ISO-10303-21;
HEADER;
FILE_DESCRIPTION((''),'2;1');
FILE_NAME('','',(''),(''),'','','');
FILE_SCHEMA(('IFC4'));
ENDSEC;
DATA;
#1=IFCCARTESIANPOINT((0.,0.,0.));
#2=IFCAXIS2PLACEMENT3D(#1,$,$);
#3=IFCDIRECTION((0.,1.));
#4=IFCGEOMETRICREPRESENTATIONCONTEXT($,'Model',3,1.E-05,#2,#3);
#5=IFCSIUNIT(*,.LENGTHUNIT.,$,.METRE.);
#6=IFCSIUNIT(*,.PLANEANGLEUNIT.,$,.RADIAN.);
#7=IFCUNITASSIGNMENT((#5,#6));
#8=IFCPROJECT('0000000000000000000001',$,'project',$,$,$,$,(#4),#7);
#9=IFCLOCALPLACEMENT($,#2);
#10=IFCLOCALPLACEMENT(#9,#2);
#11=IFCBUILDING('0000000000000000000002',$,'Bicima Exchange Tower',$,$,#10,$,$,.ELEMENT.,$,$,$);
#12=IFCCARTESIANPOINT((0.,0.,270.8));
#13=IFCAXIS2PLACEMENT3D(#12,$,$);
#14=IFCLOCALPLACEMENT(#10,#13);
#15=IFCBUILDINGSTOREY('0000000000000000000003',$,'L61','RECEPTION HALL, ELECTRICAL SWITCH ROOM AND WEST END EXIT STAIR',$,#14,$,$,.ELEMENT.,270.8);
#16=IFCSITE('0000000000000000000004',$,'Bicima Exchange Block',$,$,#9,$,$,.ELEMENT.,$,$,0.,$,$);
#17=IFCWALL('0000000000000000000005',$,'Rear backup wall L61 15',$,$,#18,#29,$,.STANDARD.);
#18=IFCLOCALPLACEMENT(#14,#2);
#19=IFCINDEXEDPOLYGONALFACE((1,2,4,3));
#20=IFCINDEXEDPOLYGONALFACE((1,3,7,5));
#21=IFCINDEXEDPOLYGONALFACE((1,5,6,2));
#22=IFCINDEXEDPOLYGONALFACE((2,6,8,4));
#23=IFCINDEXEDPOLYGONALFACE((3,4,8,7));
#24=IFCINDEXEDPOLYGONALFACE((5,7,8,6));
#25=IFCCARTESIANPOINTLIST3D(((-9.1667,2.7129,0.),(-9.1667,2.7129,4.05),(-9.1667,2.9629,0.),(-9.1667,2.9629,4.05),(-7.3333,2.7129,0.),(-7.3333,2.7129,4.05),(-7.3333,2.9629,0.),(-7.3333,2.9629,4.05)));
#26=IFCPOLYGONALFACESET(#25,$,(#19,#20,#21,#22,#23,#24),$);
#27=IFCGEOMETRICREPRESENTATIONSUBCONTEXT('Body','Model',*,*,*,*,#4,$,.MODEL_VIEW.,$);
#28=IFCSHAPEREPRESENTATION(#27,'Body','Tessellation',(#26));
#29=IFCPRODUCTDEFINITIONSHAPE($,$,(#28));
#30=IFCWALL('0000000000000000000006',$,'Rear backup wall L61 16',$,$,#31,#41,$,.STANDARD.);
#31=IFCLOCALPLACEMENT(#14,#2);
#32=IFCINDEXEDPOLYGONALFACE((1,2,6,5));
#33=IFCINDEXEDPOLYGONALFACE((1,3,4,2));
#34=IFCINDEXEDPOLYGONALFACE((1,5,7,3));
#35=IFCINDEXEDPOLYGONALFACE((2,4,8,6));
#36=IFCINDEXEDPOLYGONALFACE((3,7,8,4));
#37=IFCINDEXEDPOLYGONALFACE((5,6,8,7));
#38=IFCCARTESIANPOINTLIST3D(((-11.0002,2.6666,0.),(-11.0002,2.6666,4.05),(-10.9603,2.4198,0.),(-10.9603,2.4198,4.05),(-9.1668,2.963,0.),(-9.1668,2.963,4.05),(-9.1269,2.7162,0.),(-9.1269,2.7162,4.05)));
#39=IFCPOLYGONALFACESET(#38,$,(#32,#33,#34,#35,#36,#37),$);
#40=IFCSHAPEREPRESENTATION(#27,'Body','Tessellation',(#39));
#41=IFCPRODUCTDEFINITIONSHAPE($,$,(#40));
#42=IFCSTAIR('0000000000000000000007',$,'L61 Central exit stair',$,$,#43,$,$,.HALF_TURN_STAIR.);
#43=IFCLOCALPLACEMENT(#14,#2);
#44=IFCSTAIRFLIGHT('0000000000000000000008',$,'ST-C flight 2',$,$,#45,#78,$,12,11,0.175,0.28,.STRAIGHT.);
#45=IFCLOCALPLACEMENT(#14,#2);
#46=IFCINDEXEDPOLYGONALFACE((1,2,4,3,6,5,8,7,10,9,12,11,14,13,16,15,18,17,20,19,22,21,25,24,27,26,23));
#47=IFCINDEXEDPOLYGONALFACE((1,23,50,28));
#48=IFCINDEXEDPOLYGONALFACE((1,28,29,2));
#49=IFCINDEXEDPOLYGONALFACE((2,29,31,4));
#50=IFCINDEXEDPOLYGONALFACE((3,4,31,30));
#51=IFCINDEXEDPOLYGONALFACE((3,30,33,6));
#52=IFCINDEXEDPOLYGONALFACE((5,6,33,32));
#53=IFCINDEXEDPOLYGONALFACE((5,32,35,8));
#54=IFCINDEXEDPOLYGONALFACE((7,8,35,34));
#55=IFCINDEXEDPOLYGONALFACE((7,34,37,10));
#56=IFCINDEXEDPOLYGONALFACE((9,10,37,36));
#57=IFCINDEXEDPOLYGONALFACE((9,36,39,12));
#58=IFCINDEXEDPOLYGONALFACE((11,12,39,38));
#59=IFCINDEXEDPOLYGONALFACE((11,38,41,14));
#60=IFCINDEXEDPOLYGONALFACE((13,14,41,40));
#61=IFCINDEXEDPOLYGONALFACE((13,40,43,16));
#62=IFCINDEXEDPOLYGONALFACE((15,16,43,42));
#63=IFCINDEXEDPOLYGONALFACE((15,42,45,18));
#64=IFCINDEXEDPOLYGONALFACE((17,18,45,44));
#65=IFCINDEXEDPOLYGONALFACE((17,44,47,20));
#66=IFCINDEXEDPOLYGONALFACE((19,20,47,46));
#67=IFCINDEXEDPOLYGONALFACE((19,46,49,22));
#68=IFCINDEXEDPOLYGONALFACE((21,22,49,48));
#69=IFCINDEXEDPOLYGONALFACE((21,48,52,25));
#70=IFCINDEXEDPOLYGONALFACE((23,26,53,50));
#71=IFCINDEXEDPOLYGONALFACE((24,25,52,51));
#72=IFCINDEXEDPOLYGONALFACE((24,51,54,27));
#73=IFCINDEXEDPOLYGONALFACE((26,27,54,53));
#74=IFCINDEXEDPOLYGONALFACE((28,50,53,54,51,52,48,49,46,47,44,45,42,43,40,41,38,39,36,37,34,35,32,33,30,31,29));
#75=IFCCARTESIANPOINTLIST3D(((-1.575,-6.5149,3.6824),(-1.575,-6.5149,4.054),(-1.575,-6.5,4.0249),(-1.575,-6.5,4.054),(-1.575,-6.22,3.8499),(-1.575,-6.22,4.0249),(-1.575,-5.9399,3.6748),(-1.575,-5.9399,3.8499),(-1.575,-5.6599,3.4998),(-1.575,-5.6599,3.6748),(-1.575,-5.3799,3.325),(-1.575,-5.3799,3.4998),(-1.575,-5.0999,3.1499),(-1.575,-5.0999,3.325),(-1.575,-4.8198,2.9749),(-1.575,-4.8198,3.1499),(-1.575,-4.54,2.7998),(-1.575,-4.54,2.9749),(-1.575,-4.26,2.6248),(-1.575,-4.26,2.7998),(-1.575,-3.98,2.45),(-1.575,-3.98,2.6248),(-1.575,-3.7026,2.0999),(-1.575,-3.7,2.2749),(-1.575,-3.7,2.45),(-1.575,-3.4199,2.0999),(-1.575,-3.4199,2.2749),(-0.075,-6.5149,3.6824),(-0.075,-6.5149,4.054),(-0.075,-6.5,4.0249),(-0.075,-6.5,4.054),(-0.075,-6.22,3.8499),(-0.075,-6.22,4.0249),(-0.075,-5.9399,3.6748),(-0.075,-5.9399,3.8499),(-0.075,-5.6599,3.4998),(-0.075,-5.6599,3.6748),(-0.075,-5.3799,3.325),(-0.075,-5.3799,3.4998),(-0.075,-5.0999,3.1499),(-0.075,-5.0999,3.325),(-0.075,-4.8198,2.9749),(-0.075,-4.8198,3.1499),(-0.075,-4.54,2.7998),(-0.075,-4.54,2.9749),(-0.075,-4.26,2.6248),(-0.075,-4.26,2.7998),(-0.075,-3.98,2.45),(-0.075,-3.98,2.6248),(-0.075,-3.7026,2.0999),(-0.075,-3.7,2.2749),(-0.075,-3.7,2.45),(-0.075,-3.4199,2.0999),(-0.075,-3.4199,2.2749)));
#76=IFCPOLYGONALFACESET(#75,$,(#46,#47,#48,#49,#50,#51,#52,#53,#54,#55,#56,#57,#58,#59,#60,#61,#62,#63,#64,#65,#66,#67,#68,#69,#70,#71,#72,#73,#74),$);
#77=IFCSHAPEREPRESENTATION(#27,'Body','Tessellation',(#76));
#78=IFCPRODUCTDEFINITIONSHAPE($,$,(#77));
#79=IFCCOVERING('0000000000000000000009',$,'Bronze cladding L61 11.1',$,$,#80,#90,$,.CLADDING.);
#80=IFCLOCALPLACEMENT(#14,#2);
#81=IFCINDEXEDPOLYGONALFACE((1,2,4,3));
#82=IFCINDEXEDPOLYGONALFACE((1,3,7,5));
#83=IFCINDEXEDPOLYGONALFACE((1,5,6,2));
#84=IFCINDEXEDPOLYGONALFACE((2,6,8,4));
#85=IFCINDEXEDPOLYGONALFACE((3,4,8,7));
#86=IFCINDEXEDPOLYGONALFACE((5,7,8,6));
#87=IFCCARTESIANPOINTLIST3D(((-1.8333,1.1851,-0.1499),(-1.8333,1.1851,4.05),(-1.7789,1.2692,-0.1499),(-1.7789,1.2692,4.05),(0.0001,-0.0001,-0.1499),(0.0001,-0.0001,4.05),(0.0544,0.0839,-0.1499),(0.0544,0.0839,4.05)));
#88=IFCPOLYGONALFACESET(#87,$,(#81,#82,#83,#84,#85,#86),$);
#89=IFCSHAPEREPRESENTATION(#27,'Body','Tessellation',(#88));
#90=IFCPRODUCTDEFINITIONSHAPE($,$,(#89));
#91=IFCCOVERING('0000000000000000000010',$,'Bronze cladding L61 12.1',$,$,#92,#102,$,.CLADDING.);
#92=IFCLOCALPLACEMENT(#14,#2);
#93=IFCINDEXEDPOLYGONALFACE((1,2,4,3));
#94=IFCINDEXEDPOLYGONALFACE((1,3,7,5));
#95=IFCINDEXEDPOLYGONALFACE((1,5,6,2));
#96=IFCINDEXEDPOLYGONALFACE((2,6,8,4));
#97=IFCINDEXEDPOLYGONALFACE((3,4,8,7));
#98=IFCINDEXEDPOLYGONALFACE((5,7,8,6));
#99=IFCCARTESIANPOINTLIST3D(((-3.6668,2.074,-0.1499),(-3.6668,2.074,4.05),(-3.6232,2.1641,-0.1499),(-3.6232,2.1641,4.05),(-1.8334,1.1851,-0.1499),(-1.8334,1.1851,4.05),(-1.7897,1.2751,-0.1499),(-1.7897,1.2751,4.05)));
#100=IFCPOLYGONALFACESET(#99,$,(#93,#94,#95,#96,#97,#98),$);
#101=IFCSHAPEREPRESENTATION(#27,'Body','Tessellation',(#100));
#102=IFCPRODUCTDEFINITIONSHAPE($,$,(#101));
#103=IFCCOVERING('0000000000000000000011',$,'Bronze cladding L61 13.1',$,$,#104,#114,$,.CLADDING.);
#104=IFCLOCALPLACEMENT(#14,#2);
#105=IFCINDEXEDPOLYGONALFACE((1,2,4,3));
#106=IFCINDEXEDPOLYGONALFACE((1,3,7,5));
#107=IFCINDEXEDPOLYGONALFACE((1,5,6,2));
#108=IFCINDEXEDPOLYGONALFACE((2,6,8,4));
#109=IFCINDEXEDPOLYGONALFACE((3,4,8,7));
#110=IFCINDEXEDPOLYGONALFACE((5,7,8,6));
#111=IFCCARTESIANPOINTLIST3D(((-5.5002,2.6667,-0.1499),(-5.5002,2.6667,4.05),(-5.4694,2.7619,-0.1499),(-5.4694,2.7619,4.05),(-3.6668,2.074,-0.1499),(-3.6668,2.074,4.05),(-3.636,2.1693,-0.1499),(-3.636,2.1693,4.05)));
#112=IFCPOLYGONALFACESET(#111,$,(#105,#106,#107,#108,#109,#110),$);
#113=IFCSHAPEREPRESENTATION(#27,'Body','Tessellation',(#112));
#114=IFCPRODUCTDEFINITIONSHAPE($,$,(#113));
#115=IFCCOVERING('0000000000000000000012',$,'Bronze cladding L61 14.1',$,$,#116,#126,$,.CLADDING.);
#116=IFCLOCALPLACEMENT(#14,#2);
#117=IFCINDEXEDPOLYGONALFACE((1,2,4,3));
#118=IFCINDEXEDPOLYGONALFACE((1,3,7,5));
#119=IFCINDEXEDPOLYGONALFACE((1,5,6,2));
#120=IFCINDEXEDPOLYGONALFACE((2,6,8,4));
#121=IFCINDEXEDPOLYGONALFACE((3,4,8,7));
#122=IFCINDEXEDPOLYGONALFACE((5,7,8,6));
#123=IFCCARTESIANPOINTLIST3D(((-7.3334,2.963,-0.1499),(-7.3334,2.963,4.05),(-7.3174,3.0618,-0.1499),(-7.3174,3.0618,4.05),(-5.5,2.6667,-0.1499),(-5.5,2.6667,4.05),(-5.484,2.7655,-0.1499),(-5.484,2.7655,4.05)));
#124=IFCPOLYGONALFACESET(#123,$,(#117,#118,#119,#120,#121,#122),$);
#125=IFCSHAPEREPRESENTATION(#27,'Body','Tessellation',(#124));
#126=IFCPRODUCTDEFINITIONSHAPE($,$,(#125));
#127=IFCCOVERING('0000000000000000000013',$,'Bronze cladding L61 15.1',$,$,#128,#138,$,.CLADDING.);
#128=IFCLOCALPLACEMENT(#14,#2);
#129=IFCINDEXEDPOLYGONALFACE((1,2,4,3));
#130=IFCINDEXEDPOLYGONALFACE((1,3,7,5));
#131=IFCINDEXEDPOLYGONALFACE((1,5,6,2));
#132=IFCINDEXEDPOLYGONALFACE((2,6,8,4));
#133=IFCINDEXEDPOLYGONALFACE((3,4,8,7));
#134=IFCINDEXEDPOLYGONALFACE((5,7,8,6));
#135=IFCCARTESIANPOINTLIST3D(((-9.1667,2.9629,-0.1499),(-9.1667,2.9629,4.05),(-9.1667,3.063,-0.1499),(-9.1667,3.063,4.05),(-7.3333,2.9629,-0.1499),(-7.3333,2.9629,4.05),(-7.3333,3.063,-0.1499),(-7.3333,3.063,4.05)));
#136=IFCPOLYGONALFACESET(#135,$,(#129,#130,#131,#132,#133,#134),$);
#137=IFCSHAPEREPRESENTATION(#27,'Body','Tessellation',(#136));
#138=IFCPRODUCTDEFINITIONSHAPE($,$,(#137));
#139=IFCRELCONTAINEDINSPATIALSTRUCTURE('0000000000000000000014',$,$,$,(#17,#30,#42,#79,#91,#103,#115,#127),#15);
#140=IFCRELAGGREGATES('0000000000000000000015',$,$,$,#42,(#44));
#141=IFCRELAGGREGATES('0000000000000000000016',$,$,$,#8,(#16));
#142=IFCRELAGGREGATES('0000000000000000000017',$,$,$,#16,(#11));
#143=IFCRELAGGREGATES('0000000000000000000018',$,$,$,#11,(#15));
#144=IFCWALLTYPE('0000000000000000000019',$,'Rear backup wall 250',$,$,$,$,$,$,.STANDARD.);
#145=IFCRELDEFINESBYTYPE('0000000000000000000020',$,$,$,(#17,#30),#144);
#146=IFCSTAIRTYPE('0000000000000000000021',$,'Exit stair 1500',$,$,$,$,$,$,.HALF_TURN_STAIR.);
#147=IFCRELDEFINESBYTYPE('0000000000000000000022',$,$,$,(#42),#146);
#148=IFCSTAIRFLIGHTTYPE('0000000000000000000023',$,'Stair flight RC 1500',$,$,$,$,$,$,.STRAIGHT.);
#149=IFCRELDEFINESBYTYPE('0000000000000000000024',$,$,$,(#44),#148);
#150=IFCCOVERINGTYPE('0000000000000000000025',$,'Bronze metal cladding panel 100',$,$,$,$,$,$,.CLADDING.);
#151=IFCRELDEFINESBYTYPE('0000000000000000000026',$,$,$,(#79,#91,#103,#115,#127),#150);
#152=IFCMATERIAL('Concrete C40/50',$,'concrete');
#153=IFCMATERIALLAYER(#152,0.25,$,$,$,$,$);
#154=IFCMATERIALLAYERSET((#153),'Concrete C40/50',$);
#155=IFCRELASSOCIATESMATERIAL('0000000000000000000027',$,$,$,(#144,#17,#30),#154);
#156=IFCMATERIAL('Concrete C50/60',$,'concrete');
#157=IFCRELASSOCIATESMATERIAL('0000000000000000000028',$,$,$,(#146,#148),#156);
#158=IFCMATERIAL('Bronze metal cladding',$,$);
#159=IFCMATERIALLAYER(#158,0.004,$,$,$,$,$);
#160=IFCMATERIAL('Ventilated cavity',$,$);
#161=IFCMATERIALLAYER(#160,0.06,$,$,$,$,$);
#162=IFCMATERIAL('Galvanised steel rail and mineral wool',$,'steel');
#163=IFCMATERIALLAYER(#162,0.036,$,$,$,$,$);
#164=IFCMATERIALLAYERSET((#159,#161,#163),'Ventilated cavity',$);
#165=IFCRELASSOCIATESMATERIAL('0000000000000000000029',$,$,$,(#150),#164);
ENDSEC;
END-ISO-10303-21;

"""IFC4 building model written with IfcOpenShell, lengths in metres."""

from ifc_helpers import new_model, si_unit, direction, frame, frame_2d, origin, origin_2d, place, context, subcontext, project, spatial, polyline, rectangle, outline, extrude, material, layer, layer_set, layer_usage, type_object, element, aggregate, save


model = new_model("IFC4")

# Units and contexts
model_context = context("Model", 3, precision=1e-05, world=origin(), true_north=direction((0.0, 1.0)))
body_context = subcontext(model_context, "Body", "Model", "MODEL_VIEW")
ifc_project = project(units=[si_unit("LENGTHUNIT", "METRE"), si_unit("PLANEANGLEUNIT", "RADIAN")], contexts=[model_context])

# Site, building, storey
site_placement = place(None, origin())
site = spatial("IfcSite", under=ifc_project, at=site_placement, Name="Bicima Exchange Block", CompositionType="ELEMENT", RefElevation=0.0)
building_placement = place(site_placement, origin())
building = spatial("IfcBuilding", under=site, at=building_placement, Name="Bicima Exchange Tower", CompositionType="ELEMENT")
storey_placement = place(building_placement, frame((0.0, 0.0, 270.8)))
storey = spatial("IfcBuildingStorey", under=building, at=storey_placement, Name="L61", Description="RECEPTION HALL, ELECTRICAL SWITCH ROOM AND WEST END EXIT STAIR", CompositionType="ELEMENT", Elevation=270.8)

# Shared definitions
ifc_material_1 = material(Name="Concrete C40/50", Category="concrete")

# Shared definitions
ifc_material_2 = material(Name="Concrete C50/60", Category="concrete")

# Walls
ifc_layer_1 = layer(ifc_material_1, 0.25)
ifc_layer_set_1 = layer_set([ifc_layer_1], Name="Concrete C40/50")
ifc_layer_usage = layer_usage(ifc_layer_set_1, "AXIS2", "POSITIVE", -0.125)
wall_type_1 = type_object("IfcWallType", Name="Rear backup wall 250", PredefinedType="STANDARD", material=ifc_layer_set_1)
wall_1_placement = place(storey_placement, frame((-7.3333, 2.8379, 0.0), z_axis=(0.0, 0.0, 1.0), x_axis=(-1.0, 0.0, 0.0)))
element("IfcWall", 1, at=wall_1_placement, inside=storey, type_object=wall_type_1, material=ifc_layer_usage, Name="Rear backup wall L61 15", PredefinedType="STANDARD", context=body_context, shape_type="SweptSolid", body=[
    extrude(rectangle(XDim=1.8335, YDim=0.25, at=frame_2d((0.9167, 0.0))), origin(), (0.0, 0.0, 1.0), 4.05),
])
wall_2_placement = place(storey_placement, frame((-9.1467, 2.8396, 0.0), z_axis=(0.0, 0.0, 1.0), x_axis=(-0.987182, -0.1596, 0.0)))
element("IfcWall", 2, at=wall_2_placement, inside=storey, type_object=wall_type_1, material=ifc_layer_usage, Name="Rear backup wall L61 16", PredefinedType="STANDARD", context=body_context, shape_type="SweptSolid", body=[
    extrude(rectangle(XDim=1.8572, YDim=0.25, at=frame_2d((0.9287, 0.0))), origin(), (0.0, 0.0, 1.0), 4.05),
])

# Stair, stair flight
stair_type_1 = type_object("IfcStairType", Name="Exit stair 1500", PredefinedType="HALF_TURN_STAIR", material=ifc_material_2)
stair_1_placement = place(storey_placement, origin())
stair_1 = element("IfcStair", 3, at=stair_1_placement, inside=storey, type_object=stair_type_1, Name="L61 Central exit stair", PredefinedType="HALF_TURN_STAIR")
stair_flight_type = type_object("IfcStairFlightType", Name="Stair flight RC 1500", PredefinedType="STRAIGHT", material=ifc_material_2)
stair_flight_placement = place(storey_placement, frame((-0.825, -3.4199, 2.0999), z_axis=(0.0, 0.0, 1.0), x_axis=(0.0, -1.0, 0.0)))
stair_flight = element("IfcStairFlight", 4, at=stair_flight_placement, type_object=stair_flight_type, Name="ST-C flight 2", NumberOfRisers=12, NumberOfTreads=11, PredefinedType="STRAIGHT", RiserHeight=0.175, TreadLength=0.28, context=body_context, shape_type="SweptSolid", body=[
    extrude(outline(polyline([(0.0, 0.0), (0.0, 0.175), (0.28, 0.175), (0.28, 0.3501), (0.5601, 0.3501), (0.5601, 0.5249), (0.8401, 0.5249), (0.8401, 0.7), (1.1201, 0.7), (1.1201, 0.875), (1.3999, 0.875), (1.3999, 1.05), (1.6799, 1.05), (1.6799, 1.2251), (1.96, 1.2251), (1.96, 1.3999), (2.24, 1.3999), (2.24, 1.575), (2.52, 1.575), (2.52, 1.75), (2.8, 1.75), (2.8, 1.925), (3.0801, 1.925), (3.0801, 1.9541), (3.095, 1.9541), (3.095, 1.5825), (0.2827, 0.0), (0.0, 0.0)])), frame((0.0, 0.75, 0.0), z_axis=(0.0, -1.0, 0.0), x_axis=(1.0, 0.0, 0.0)), (0.0, 0.0, 1.0), 1.5),
])
aggregate(stair_1, [stair_flight])

# Coverings
ifc_material_3 = material(Name="Bronze metal cladding")
ifc_layer_2 = layer(ifc_material_3, 0.004)
ifc_material_4 = material(Name="Ventilated cavity")
ifc_layer_3 = layer(ifc_material_4, 0.06)
ifc_material_5 = material(Name="Galvanised steel rail and mineral wool", Category="steel")
ifc_layer_4 = layer(ifc_material_5, 0.036)
ifc_layer_set_2 = layer_set([ifc_layer_2, ifc_layer_3, ifc_layer_4], Name="Ventilated cavity")
covering_type = type_object("IfcCoveringType", Name="Bronze metal cladding panel 100", PredefinedType="CLADDING", material=ifc_layer_set_2)
covering_1_placement = place(storey_placement, frame((-0.8894, 0.6345, -0.1499), z_axis=(0.0, 0.0, 1.0), x_axis=(-0.83979, 0.542911, 0.0)))
element("IfcCovering", 5, at=covering_1_placement, inside=storey, type_object=covering_type, Name="Bronze cladding L61 11.1", PredefinedType="CLADDING", context=body_context, shape_type="SweptSolid", body=[
    extrude(rectangle(XDim=2.1831, YDim=0.1001, at=origin_2d()), origin(), (0.0, 0.0, 1.0), 4.2),
])
covering_2_placement = place(storey_placement, frame((-2.7283, 1.6746, -0.1499), z_axis=(0.0, 0.0, 1.0), x_axis=(-0.899818, 0.436265, 0.0)))
element("IfcCovering", 6, at=covering_2_placement, inside=storey, type_object=covering_type, Name="Bronze cladding L61 12.1", PredefinedType="CLADDING", context=body_context, shape_type="SweptSolid", body=[
    extrude(rectangle(XDim=2.0376, YDim=0.1001, at=origin_2d()), origin(), (0.0, 0.0, 1.0), 4.2),
])
covering_3_placement = place(storey_placement, frame((-4.5681, 2.418, -0.1499), z_axis=(0.0, 0.0, 1.0), x_axis=(-0.951525, 0.307573, 0.0)))
element("IfcCovering", 7, at=covering_3_placement, inside=storey, type_object=covering_type, Name="Bronze cladding L61 13.1", PredefinedType="CLADDING", context=body_context, shape_type="SweptSolid", body=[
    extrude(rectangle(XDim=1.9268, YDim=0.1001, at=origin_2d()), origin(), (0.0, 0.0, 1.0), 4.2),
])
covering_4_placement = place(storey_placement, frame((-6.4087, 2.8643, -0.1499), z_axis=(0.0, 0.0, 1.0), x_axis=(-0.98719, 0.15955, 0.0)))
element("IfcCovering", 8, at=covering_4_placement, inside=storey, type_object=covering_type, Name="Bronze cladding L61 14.1", PredefinedType="CLADDING", context=body_context, shape_type="SweptSolid", body=[
    extrude(rectangle(XDim=1.8572, YDim=0.1001, at=origin_2d()), origin(), (0.0, 0.0, 1.0), 4.2),
])
covering_5_placement = place(storey_placement, frame((-8.25, 3.0129, -0.1499), z_axis=(0.0, 0.0, 1.0), x_axis=(-1.0, 0.0, 0.0)))
element("IfcCovering", 9, at=covering_5_placement, inside=storey, type_object=covering_type, Name="Bronze cladding L61 15.1", PredefinedType="CLADDING", context=body_context, shape_type="SweptSolid", body=[
    extrude(rectangle(XDim=1.8335, YDim=0.1001, at=origin_2d()), origin(), (0.0, 0.0, 1.0), 4.2),
])

save(model, "model.ifc")
